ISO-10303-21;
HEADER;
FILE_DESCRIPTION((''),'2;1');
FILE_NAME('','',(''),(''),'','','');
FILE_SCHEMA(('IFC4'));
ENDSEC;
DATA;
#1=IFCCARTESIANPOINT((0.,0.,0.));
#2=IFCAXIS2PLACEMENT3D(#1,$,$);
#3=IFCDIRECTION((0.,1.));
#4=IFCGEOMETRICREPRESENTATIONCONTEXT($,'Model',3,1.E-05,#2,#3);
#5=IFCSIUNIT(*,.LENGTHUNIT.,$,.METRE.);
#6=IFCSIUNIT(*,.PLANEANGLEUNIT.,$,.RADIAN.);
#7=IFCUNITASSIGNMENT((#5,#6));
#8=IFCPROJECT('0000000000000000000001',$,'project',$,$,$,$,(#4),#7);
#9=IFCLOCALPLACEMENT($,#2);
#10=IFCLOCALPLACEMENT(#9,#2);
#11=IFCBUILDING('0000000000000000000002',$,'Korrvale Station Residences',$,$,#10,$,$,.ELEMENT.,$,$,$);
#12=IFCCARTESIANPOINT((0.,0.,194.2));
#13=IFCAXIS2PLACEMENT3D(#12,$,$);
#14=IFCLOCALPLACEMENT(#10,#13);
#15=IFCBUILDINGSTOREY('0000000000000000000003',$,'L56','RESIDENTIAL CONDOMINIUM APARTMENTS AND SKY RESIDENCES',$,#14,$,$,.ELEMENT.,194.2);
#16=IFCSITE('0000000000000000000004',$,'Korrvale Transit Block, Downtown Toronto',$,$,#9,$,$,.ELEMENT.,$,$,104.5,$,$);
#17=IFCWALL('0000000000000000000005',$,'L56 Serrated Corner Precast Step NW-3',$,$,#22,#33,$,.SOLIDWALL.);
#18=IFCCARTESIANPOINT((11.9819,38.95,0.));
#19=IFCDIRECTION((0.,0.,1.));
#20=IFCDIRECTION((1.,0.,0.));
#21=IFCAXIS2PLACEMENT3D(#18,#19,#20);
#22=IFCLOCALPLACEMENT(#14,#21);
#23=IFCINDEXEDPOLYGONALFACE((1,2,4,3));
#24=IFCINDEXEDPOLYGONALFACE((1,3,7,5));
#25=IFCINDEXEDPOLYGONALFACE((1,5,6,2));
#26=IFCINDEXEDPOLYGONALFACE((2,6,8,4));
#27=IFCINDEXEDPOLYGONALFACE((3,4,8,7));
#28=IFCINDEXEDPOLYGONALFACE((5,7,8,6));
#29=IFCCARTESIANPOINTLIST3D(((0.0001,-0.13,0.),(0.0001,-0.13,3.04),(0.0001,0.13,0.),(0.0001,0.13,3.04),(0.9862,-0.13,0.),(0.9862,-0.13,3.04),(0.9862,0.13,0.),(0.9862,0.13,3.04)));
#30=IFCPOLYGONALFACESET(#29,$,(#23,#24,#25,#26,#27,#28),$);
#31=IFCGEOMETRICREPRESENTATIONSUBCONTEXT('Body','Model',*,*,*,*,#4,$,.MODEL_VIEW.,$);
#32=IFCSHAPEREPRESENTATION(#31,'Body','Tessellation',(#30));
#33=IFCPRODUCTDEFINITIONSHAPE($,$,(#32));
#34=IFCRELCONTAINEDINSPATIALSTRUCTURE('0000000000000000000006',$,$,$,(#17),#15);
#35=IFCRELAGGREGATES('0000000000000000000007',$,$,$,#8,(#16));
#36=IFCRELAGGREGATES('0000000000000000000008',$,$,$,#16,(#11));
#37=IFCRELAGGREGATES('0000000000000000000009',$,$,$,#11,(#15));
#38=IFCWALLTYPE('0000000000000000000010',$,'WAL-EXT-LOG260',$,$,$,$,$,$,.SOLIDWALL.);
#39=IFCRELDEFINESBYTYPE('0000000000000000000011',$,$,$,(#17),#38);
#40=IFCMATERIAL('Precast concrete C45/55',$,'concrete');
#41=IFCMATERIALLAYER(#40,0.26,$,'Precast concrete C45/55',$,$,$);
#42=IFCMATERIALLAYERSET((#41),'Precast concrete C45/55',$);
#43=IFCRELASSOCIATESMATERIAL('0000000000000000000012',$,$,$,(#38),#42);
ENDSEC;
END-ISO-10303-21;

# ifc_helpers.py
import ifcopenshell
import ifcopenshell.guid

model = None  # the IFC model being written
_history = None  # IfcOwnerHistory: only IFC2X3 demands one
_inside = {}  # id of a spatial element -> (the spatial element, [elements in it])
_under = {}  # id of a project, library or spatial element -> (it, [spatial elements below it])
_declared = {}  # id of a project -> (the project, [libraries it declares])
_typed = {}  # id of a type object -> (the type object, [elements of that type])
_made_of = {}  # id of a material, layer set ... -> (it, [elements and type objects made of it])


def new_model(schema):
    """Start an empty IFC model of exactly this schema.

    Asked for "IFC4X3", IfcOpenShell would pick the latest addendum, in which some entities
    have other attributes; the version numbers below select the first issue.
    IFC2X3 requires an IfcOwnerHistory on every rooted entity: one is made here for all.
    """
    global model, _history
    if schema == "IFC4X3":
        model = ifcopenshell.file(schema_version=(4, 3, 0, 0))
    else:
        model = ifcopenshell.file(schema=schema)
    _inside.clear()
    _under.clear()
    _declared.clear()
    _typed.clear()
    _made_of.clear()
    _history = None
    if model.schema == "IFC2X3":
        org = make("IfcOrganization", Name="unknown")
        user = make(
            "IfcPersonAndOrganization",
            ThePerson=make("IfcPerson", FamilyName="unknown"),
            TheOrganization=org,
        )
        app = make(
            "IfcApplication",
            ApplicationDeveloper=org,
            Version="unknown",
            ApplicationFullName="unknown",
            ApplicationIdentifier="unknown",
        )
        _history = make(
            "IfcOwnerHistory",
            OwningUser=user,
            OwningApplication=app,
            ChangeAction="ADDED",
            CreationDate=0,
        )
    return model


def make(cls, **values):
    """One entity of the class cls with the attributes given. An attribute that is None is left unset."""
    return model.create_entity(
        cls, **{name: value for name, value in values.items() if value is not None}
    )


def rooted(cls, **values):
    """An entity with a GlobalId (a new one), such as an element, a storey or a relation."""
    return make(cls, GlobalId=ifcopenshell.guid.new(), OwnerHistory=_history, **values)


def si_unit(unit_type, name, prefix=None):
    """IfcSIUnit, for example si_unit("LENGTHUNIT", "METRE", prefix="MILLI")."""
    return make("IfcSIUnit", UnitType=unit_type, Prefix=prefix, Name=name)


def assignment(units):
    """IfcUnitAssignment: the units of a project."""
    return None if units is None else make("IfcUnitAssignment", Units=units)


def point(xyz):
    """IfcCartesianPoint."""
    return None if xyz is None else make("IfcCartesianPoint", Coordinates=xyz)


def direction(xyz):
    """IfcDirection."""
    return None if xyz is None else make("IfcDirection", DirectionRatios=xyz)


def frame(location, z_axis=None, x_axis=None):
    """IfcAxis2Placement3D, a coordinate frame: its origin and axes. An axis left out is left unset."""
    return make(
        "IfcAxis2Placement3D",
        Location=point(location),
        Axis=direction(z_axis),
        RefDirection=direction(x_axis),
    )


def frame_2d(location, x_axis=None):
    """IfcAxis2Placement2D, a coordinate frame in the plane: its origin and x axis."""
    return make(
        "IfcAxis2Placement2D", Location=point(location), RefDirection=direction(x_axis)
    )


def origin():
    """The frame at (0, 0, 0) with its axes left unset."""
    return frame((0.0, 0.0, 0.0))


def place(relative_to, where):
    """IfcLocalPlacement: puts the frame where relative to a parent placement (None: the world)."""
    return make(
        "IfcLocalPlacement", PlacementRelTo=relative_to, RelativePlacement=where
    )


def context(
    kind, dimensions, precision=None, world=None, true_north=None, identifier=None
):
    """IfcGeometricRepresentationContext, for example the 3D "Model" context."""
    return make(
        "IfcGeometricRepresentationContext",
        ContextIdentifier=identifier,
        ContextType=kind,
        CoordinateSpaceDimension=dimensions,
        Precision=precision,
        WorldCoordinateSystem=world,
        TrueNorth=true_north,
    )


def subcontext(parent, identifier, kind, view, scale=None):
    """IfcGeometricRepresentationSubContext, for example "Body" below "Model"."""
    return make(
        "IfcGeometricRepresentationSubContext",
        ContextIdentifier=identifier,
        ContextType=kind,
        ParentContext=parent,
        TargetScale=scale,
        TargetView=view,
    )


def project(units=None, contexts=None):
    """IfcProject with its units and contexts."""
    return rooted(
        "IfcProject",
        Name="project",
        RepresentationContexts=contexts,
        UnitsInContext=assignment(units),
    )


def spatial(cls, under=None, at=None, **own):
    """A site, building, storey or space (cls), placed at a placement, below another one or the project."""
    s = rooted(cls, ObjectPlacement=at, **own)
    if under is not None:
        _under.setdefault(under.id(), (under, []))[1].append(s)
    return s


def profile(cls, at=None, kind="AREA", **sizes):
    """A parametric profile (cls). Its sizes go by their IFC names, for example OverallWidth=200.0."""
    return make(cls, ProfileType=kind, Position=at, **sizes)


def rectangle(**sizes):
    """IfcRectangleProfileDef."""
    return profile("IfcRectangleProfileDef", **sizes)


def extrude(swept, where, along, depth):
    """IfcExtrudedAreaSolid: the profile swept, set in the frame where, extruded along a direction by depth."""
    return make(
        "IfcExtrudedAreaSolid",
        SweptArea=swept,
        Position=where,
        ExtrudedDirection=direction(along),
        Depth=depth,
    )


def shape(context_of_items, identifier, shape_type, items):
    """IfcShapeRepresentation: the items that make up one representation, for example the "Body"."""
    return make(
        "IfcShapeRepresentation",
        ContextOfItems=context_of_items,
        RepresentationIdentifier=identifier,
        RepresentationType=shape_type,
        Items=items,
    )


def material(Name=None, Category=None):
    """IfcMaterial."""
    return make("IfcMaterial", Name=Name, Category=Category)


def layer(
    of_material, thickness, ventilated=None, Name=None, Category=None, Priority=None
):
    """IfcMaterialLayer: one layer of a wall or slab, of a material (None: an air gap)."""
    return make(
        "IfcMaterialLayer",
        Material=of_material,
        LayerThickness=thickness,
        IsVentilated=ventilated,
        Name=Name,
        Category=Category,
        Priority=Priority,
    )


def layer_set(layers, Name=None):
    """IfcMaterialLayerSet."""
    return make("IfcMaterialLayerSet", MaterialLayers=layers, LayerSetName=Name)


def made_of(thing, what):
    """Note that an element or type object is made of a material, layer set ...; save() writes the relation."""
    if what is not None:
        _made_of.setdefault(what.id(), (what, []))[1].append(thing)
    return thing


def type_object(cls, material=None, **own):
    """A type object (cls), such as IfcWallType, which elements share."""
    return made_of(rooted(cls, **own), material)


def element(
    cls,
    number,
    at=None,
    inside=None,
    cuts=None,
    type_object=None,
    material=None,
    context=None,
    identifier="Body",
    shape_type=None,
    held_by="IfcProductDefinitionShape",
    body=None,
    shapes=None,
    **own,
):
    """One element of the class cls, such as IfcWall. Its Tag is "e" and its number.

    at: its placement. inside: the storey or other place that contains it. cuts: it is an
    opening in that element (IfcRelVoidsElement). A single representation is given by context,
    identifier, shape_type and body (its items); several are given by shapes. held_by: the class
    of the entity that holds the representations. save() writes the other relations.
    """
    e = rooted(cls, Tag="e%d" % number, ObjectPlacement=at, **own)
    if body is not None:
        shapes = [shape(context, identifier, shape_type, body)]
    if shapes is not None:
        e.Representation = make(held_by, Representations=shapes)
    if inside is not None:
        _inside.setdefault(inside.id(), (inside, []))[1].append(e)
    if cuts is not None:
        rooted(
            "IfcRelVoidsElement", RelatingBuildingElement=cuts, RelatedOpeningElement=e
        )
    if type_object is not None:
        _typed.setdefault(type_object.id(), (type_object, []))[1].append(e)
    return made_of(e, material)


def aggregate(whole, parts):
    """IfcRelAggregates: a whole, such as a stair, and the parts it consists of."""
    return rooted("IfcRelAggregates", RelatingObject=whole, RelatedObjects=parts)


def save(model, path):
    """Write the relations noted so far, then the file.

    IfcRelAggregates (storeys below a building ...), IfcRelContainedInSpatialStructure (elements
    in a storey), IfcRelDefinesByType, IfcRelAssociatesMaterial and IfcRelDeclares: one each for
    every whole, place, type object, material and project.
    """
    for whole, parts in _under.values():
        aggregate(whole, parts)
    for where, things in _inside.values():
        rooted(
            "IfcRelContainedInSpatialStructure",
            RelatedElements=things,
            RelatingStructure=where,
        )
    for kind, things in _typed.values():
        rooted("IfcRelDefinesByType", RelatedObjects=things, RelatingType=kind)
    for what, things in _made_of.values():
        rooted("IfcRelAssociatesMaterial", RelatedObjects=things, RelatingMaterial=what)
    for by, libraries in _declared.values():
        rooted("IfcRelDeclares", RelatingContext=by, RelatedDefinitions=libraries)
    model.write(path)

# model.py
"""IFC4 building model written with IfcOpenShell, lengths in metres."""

from ifc_helpers import new_model, si_unit, direction, frame, frame_2d, origin, place, context, subcontext, project, spatial, rectangle, extrude, material, layer, layer_set, type_object, element, save


model = new_model("IFC4")

# Units and contexts
model_context = context("Model", 3, precision=1e-05, world=origin(), true_north=direction((0.0, 1.0)))
body_context = subcontext(model_context, "Body", "Model", "MODEL_VIEW")
ifc_project = project(units=[si_unit("LENGTHUNIT", "METRE"), si_unit("PLANEANGLEUNIT", "RADIAN")], contexts=[model_context])

# Site, building, storey
site_placement = place(None, origin())
site = spatial("IfcSite", under=ifc_project, at=site_placement, Name="Korrvale Transit Block, Downtown Toronto", CompositionType="ELEMENT", RefElevation=104.5)
building_placement = place(site_placement, origin())
building = spatial("IfcBuilding", under=site, at=building_placement, Name="Korrvale Station Residences", CompositionType="ELEMENT")
storey_placement = place(building_placement, frame((0.0, 0.0, 194.2)))
storey = spatial("IfcBuildingStorey", under=building, at=storey_placement, Name="L56", Description="RESIDENTIAL CONDOMINIUM APARTMENTS AND SKY RESIDENCES", CompositionType="ELEMENT", Elevation=194.2)

# Wall
ifc_material_1 = material(Name="Precast concrete C45/55", Category="concrete")
ifc_layer_1 = layer(ifc_material_1, 0.26, Name="Precast concrete C45/55")
ifc_layer_set_1 = layer_set([ifc_layer_1], Name="Precast concrete C45/55")
wall_type_1 = type_object("IfcWallType", Name="WAL-EXT-LOG260", PredefinedType="SOLIDWALL", material=ifc_layer_set_1)
wall_1_placement = place(storey_placement, frame((11.9819, 38.95, 0.0), z_axis=(0.0, 0.0, 1.0), x_axis=(1.0, 0.0, 0.0)))
element("IfcWall", 1, at=wall_1_placement, inside=storey, type_object=wall_type_1, Name="L56 Serrated Corner Precast Step NW-3", PredefinedType="SOLIDWALL", context=body_context, shape_type="SweptSolid", body=[
    extrude(rectangle(XDim=0.9861, YDim=0.26, at=frame_2d((0.4932, 0.0))), origin(), (0.0, 0.0, 1.0), 3.04),
])

save(model, "model.ifc")
